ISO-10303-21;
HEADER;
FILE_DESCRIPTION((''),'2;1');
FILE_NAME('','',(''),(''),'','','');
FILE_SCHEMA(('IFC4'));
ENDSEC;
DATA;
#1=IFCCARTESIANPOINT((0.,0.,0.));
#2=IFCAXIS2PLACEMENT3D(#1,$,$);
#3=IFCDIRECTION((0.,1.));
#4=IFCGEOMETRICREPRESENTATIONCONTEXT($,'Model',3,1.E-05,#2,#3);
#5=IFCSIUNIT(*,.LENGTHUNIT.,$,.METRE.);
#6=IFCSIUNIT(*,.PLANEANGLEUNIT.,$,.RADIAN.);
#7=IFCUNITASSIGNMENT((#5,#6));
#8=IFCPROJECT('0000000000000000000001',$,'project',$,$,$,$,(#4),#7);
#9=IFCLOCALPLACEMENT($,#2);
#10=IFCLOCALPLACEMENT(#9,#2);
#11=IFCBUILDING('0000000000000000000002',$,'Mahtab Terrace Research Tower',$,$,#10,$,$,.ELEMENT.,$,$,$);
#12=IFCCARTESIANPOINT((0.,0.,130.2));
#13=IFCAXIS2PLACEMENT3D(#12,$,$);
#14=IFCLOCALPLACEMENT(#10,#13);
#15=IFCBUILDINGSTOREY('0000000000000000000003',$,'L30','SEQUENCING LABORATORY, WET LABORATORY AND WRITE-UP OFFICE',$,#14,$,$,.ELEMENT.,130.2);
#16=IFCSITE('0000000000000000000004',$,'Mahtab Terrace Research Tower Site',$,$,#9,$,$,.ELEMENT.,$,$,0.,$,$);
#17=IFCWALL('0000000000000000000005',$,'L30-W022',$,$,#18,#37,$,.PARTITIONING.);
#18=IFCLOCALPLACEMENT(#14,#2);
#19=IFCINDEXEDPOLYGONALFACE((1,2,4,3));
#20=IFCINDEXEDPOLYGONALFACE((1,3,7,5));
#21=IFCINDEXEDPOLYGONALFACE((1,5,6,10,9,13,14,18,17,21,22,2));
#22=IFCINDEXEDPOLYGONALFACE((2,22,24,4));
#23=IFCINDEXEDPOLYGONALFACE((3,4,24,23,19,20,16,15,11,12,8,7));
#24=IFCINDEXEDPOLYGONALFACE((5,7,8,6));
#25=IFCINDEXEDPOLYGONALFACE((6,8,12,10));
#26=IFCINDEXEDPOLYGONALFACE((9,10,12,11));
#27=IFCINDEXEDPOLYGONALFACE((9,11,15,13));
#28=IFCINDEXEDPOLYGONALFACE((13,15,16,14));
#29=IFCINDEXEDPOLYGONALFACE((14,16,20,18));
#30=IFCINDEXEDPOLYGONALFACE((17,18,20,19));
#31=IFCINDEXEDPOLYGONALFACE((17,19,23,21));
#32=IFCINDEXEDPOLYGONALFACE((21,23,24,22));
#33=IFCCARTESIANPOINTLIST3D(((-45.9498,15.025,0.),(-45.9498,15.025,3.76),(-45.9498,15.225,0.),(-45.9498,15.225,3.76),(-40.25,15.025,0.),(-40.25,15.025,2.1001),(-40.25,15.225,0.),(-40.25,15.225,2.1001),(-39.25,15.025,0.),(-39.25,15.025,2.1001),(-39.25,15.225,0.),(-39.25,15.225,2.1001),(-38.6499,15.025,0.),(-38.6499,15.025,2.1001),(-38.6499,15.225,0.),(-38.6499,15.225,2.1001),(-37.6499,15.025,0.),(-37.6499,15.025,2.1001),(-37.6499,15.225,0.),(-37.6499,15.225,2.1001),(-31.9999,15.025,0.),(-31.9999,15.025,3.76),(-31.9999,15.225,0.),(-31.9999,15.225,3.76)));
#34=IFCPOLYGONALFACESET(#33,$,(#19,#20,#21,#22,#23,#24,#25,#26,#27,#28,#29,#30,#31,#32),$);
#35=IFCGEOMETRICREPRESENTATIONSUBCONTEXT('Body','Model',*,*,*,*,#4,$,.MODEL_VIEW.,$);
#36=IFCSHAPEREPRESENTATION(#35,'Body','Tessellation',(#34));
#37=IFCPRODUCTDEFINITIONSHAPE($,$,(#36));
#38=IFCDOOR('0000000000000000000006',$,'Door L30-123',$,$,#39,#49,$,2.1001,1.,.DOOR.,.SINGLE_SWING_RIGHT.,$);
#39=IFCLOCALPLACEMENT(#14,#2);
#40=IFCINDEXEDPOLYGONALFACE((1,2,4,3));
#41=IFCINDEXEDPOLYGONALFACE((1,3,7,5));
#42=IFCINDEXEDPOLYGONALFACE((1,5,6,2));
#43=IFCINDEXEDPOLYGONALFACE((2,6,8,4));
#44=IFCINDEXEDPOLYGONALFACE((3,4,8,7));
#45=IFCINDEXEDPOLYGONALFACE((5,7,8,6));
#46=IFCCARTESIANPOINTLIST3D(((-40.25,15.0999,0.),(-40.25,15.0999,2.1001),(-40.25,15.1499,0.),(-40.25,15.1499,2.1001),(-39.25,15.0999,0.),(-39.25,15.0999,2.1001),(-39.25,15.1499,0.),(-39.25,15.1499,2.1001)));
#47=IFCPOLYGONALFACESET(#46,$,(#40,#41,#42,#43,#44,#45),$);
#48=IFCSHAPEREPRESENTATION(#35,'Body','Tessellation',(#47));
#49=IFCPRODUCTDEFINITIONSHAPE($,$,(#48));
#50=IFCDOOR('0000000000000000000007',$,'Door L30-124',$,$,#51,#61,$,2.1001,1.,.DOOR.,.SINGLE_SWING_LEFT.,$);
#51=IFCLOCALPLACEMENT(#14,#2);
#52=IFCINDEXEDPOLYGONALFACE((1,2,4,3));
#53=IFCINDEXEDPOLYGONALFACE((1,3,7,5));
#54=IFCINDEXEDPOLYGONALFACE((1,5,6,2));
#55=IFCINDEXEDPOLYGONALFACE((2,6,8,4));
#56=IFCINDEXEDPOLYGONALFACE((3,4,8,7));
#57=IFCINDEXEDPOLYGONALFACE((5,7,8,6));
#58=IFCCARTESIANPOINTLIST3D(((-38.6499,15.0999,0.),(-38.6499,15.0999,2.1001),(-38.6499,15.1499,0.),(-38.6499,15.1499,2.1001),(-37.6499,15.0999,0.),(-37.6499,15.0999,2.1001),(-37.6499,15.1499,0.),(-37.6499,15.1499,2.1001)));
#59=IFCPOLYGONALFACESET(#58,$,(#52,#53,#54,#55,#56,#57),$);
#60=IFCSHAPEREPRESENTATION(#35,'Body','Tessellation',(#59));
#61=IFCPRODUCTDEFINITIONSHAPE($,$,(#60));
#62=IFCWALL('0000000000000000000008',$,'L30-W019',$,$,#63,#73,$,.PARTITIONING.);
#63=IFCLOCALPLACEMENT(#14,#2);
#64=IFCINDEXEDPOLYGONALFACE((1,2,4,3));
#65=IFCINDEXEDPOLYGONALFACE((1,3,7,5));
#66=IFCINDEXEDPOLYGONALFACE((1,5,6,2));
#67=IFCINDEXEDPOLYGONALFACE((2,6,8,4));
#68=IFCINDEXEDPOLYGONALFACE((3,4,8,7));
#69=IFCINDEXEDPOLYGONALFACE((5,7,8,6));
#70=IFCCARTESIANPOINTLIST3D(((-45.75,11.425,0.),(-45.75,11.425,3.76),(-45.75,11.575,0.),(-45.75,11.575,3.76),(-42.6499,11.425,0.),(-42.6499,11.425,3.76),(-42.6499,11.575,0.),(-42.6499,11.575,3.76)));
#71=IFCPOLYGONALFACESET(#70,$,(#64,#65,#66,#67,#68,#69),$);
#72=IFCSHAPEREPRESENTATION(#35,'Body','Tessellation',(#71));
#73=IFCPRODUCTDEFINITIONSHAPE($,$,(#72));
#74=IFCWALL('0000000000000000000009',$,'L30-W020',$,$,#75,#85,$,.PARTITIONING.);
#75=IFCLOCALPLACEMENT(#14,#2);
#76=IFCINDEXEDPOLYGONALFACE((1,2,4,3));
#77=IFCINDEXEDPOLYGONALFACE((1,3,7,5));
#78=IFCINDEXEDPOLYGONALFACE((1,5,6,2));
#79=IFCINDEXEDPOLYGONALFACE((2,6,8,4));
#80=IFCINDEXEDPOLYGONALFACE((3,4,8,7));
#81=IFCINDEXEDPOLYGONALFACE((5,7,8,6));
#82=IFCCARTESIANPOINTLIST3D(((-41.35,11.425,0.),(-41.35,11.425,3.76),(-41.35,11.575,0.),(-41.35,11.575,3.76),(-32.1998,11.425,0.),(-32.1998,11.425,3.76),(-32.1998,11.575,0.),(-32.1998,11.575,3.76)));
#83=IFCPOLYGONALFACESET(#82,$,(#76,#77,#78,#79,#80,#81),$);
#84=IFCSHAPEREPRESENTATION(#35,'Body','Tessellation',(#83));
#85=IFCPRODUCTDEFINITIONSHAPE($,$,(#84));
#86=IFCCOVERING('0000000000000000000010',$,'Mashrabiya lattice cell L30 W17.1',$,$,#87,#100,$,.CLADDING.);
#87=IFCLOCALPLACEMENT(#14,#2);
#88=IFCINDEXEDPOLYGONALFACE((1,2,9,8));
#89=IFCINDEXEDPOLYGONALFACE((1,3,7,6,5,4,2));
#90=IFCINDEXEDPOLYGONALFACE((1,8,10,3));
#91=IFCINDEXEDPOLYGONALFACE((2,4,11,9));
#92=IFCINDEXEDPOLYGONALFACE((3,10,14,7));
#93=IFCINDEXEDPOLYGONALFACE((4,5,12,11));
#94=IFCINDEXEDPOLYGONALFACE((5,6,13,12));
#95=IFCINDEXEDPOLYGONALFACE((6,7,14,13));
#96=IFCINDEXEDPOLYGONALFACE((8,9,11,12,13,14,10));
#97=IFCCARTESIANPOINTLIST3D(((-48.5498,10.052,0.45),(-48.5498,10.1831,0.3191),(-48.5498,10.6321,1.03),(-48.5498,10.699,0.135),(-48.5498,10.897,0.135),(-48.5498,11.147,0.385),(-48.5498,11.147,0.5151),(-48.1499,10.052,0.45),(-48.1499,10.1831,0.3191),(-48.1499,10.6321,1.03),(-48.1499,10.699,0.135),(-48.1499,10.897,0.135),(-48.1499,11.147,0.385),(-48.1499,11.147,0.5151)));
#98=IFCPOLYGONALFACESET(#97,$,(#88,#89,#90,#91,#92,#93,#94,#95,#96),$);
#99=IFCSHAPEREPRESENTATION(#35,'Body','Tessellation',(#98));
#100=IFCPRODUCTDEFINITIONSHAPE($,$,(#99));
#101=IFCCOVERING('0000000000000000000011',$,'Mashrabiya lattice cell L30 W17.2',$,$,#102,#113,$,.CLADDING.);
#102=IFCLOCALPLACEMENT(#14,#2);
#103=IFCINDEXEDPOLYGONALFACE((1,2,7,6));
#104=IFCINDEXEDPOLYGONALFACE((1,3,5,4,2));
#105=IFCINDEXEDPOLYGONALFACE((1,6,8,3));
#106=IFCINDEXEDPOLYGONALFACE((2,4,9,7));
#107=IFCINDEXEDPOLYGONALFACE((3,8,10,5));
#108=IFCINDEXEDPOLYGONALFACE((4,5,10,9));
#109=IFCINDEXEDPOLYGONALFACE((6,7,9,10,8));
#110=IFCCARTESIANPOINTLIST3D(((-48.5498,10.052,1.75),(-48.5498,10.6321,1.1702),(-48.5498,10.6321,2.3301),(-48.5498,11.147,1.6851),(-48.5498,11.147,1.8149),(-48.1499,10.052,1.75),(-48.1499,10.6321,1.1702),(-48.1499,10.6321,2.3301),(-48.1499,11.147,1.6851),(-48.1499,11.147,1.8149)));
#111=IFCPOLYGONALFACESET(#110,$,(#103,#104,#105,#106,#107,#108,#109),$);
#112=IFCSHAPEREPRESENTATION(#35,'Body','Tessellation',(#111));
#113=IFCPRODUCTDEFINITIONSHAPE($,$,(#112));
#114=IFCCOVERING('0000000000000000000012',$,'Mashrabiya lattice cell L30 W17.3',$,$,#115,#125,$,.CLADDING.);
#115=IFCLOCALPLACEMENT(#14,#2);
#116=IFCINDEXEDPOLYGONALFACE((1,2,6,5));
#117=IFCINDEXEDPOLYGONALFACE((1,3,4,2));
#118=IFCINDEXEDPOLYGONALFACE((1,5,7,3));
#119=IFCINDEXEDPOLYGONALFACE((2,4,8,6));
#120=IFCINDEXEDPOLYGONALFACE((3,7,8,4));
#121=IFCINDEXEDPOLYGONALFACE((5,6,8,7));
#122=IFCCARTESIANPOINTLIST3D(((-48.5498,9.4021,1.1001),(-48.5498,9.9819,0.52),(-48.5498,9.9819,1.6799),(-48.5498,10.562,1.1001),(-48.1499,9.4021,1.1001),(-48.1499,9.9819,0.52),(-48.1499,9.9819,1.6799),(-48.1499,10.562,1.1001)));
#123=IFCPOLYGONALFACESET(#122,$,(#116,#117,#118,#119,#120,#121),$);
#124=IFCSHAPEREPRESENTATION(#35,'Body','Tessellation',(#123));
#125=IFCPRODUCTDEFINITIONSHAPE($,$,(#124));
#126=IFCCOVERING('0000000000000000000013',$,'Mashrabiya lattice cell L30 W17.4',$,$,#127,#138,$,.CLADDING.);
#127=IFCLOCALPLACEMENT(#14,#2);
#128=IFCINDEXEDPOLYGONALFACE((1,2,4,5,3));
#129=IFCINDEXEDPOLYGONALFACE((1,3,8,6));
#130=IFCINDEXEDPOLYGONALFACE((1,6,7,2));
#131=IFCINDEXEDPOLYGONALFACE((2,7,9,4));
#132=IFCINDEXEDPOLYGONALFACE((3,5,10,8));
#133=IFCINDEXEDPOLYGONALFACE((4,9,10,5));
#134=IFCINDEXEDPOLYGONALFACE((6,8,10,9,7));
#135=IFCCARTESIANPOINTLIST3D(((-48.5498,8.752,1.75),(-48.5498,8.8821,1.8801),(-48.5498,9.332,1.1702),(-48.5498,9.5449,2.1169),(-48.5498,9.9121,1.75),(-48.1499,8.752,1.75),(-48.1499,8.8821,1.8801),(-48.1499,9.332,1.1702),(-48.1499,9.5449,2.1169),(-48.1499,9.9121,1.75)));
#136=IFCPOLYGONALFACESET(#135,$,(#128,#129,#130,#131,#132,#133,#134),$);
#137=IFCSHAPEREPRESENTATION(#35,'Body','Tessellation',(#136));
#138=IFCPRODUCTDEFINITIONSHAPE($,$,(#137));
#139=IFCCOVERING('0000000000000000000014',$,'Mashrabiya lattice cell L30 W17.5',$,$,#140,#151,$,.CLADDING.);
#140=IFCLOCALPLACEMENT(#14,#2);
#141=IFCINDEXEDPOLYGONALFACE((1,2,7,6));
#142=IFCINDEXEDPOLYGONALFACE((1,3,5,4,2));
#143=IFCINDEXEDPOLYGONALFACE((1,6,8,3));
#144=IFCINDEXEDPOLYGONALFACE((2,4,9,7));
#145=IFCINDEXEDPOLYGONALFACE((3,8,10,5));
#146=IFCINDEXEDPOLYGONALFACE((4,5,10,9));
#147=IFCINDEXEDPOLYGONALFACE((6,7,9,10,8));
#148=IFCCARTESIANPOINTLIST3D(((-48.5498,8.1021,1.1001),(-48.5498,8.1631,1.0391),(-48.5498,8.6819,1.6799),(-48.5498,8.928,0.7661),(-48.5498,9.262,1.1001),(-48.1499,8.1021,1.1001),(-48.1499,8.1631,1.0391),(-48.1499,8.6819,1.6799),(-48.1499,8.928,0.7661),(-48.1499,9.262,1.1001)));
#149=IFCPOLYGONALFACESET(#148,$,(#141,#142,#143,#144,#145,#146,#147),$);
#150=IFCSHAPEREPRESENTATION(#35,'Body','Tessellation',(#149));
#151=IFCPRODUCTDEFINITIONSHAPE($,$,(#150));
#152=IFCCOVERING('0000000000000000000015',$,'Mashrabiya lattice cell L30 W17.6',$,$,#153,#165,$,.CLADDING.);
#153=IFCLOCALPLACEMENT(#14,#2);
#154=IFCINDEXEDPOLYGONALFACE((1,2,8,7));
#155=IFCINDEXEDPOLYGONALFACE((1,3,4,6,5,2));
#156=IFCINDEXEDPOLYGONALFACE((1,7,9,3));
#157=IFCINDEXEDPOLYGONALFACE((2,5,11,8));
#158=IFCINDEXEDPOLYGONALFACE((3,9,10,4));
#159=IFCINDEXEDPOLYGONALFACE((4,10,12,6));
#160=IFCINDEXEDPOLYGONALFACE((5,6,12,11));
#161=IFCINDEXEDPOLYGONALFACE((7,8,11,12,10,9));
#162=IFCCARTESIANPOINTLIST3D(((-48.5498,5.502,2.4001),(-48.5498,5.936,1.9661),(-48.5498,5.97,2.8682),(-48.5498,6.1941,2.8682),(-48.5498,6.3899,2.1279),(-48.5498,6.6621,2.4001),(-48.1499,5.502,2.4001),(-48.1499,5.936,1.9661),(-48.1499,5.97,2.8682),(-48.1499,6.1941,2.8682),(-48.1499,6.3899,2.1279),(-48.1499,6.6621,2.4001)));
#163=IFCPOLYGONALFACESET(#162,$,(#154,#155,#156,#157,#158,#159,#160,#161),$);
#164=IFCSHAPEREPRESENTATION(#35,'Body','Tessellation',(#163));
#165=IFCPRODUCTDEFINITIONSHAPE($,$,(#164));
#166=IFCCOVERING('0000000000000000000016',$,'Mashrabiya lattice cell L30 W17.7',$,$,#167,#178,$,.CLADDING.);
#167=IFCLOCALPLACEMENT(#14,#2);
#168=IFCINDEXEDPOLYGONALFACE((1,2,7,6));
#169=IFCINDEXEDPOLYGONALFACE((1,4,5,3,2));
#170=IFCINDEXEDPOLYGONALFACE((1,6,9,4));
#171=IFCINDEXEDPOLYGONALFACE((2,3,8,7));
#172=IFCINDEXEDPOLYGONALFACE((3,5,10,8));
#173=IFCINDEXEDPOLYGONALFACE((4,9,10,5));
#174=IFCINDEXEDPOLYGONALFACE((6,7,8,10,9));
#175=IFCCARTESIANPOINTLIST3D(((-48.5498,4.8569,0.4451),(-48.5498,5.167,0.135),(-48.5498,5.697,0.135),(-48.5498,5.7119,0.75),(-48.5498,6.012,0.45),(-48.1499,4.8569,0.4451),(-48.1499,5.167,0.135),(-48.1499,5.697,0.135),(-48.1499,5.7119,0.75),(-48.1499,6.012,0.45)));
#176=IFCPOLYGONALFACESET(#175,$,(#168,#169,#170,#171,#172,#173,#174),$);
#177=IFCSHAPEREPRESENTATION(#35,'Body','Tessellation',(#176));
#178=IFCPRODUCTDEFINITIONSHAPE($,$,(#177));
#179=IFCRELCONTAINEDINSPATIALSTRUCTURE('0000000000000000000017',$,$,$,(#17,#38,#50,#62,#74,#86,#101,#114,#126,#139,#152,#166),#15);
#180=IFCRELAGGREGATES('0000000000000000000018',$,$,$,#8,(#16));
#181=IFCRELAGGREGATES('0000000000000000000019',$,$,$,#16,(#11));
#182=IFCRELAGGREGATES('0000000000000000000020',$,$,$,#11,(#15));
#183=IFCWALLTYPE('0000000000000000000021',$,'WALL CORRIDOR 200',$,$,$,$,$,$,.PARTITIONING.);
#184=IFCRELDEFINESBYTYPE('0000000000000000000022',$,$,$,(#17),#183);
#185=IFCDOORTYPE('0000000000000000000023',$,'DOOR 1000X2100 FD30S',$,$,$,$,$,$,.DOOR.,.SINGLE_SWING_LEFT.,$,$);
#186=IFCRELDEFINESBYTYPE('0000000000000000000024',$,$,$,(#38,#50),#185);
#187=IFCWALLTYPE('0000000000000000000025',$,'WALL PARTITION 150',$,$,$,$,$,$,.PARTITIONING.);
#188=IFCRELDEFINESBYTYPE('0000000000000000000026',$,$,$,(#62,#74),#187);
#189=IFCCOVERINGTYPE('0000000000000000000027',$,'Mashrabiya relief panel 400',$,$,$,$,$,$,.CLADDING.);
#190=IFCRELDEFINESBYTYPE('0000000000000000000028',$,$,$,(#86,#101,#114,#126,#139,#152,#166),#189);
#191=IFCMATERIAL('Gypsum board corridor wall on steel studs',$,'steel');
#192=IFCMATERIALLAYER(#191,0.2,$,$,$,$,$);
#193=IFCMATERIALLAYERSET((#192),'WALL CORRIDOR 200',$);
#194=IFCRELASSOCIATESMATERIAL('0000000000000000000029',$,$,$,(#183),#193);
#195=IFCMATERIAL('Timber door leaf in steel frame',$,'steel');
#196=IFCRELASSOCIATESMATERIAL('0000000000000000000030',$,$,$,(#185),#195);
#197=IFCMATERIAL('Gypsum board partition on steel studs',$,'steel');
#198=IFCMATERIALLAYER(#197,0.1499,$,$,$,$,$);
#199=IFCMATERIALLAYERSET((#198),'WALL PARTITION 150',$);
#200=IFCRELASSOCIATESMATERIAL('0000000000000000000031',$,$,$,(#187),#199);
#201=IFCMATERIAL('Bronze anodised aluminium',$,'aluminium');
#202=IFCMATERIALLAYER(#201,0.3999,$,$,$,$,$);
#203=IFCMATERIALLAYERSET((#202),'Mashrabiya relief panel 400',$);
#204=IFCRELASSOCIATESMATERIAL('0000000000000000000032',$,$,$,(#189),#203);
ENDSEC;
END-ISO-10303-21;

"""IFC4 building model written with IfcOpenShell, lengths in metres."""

from ifc_helpers import new_model, si_unit, direction, frame, frame_2d, origin, place, context, subcontext, project, spatial, polyline, rectangle, outline, extrude, material, layer, layer_set, type_object, element, fill, save


model = new_model("IFC4")

# Units and contexts
model_context = context("Model", 3, precision=1e-05, world=origin(), true_north=direction((0.0, 1.0)))
body_context = subcontext(model_context, "Body", "Model", "MODEL_VIEW")
ifc_project = project(units=[si_unit("LENGTHUNIT", "METRE"), si_unit("PLANEANGLEUNIT", "RADIAN")], contexts=[model_context])

# Site, building, storey
site_placement = place(None, origin())
site = spatial("IfcSite", under=ifc_project, at=site_placement, Name="Mahtab Terrace Research Tower Site", CompositionType="ELEMENT", RefElevation=0.0)
building_placement = place(site_placement, origin())
building = spatial("IfcBuilding", under=site, at=building_placement, Name="Mahtab Terrace Research Tower", CompositionType="ELEMENT")
storey_placement = place(building_placement, frame((0.0, 0.0, 130.2)))
storey = spatial("IfcBuildingStorey", under=building, at=storey_placement, Name="L30", Description="SEQUENCING LABORATORY, WET LABORATORY AND WRITE-UP OFFICE", CompositionType="ELEMENT", Elevation=130.2)

# Wall, openings, doors
ifc_material_1 = material(Name="Gypsum board corridor wall on steel studs", Category="steel")
ifc_layer_1 = layer(ifc_material_1, 0.2)
ifc_layer_set_1 = layer_set([ifc_layer_1], Name="WALL CORRIDOR 200")
wall_type_1 = type_object("IfcWallType", Name="WALL CORRIDOR 200", PredefinedType="PARTITIONING", material=ifc_layer_set_1)
wall_1_placement = place(storey_placement, frame((-45.95, 15.125, 0.0), z_axis=(0.0, 0.0, 1.0), x_axis=(1.0, 0.0, 0.0)))
wall_1 = element("IfcWall", 1, at=wall_1_placement, inside=storey, type_object=wall_type_1, Name="L30-W022", PredefinedType="PARTITIONING", context=body_context, shape_type="SweptSolid", body=[
    extrude(rectangle(XDim=13.95, YDim=0.2, at=frame_2d((6.9751, 0.0))), origin(), (0.0, 0.0, 1.0), 3.76),
])
opening_1_placement = place(wall_1_placement, frame((5.7, 0.0, 0.0)))
opening_1 = element("IfcOpeningElement", 2, at=opening_1_placement, cuts=wall_1, PredefinedType="OPENING", context=body_context, shape_type="SweptSolid", body=[
    extrude(rectangle(XDim=1.0, YDim=2.1001, at=frame_2d((0.5, 1.05))), frame((0.0, 0.1099, 0.0), z_axis=(0.0, -1.0, 0.0), x_axis=(1.0, 0.0, 0.0)), (0.0, 0.0, 1.0), 0.22),
])
opening_2_placement = place(wall_1_placement, frame((7.3, 0.0, 0.0)))
opening_2 = element("IfcOpeningElement", 3, at=opening_2_placement, cuts=wall_1, PredefinedType="OPENING", context=body_context, shape_type="SweptSolid", body=[
    extrude(rectangle(XDim=1.0, YDim=2.1001, at=frame_2d((0.5, 1.05))), frame((0.0, 0.1099, 0.0), z_axis=(0.0, -1.0, 0.0), x_axis=(1.0, 0.0, 0.0)), (0.0, 0.0, 1.0), 0.22),
])
ifc_material_2 = material(Name="Timber door leaf in steel frame", Category="steel")
door_type = type_object("IfcDoorType", Name="DOOR 1000X2100 FD30S", OperationType="SINGLE_SWING_LEFT", PredefinedType="DOOR", material=ifc_material_2)
door_1_placement = place(opening_1_placement, origin())
door_1 = element("IfcDoor", 4, at=door_1_placement, inside=storey, type_object=door_type, Name="Door L30-123", OperationType="SINGLE_SWING_RIGHT", OverallHeight=2.1001, OverallWidth=1.0, PredefinedType="DOOR", context=body_context, shape_type="SweptSolid", body=[
    extrude(rectangle(XDim=1.0, YDim=2.1001, at=frame_2d((0.5, 1.05))), frame((0.0, 0.0249, 0.0), z_axis=(0.0, -1.0, 0.0), x_axis=(1.0, 0.0, 0.0)), (0.0, 0.0, 1.0), 0.05),
])
fill(opening_1, door_1)
door_2_placement = place(opening_2_placement, origin())
door_2 = element("IfcDoor", 5, at=door_2_placement, inside=storey, type_object=door_type, Name="Door L30-124", OperationType="SINGLE_SWING_LEFT", OverallHeight=2.1001, OverallWidth=1.0, PredefinedType="DOOR", context=body_context, shape_type="SweptSolid", body=[
    extrude(rectangle(XDim=1.0, YDim=2.1001, at=frame_2d((0.5, 1.05))), frame((0.0, 0.0249, 0.0), z_axis=(0.0, -1.0, 0.0), x_axis=(1.0, 0.0, 0.0)), (0.0, 0.0, 1.0), 0.05),
])
fill(opening_2, door_2)

# Walls
ifc_material_3 = material(Name="Gypsum board partition on steel studs", Category="steel")
ifc_layer_2 = layer(ifc_material_3, 0.1499)
ifc_layer_set_2 = layer_set([ifc_layer_2], Name="WALL PARTITION 150")
wall_type_2 = type_object("IfcWallType", Name="WALL PARTITION 150", PredefinedType="PARTITIONING", material=ifc_layer_set_2)
wall_2_placement = place(storey_placement, frame((-45.75, 11.5, 0.0), z_axis=(0.0, 0.0, 1.0), x_axis=(1.0, 0.0, 0.0)))
element("IfcWall", 6, at=wall_2_placement, inside=storey, type_object=wall_type_2, Name="L30-W019", PredefinedType="PARTITIONING", context=body_context, shape_type="SweptSolid", body=[
    extrude(rectangle(XDim=3.1001, YDim=0.1499, at=frame_2d((1.55, 0.0))), origin(), (0.0, 0.0, 1.0), 3.76),
])
wall_3_placement = place(storey_placement, frame((-41.3501, 11.5, 0.0), z_axis=(0.0, 0.0, 1.0), x_axis=(1.0, 0.0, 0.0)))
element("IfcWall", 7, at=wall_3_placement, inside=storey, type_object=wall_type_2, Name="L30-W020", PredefinedType="PARTITIONING", context=body_context, shape_type="SweptSolid", body=[
    extrude(rectangle(XDim=9.1501, YDim=0.1499, at=frame_2d((4.5752, 0.0))), origin(), (0.0, 0.0, 1.0), 3.76),
])

# Coverings
ifc_material_4 = material(Name="Bronze anodised aluminium", Category="aluminium")
ifc_layer_3 = layer(ifc_material_4, 0.3999)
ifc_layer_set_3 = layer_set([ifc_layer_3], Name="Mashrabiya relief panel 400")
covering_type = type_object("IfcCoveringType", Name="Mashrabiya relief panel 400", PredefinedType="CLADDING", material=ifc_layer_set_3)
covering_1_placement = place(storey_placement, frame((-48.1499, 11.147, 0.385), z_axis=(1.0, 0.0, 0.0), x_axis=(0.0, 0.0, 1.0)))
element("IfcCovering", 8, at=covering_1_placement, inside=storey, type_object=covering_type, Name="Mashrabiya lattice cell L30 W17.1", PredefinedType="CLADDING", context=body_context, shape_type="SweptSolid", body=[
    extrude(outline(polyline([(0.0, 0.0), (0.1301, 0.0), (0.645, 0.5149), (0.0649, 1.095), (-0.0659, 0.9639), (-0.25, 0.448), (-0.25, 0.25), (0.0, 0.0)])), origin(), (0.0, 0.0, -1.0), 0.3999),
])
covering_2_placement = place(storey_placement, frame((-48.1499, 10.6321, 2.3301), z_axis=(1.0, 0.0, 0.0), x_axis=(0.0, -0.707107, -0.707107)))
element("IfcCovering", 9, at=covering_2_placement, inside=storey, type_object=covering_type, Name="Mashrabiya lattice cell L30 W17.2", PredefinedType="CLADDING", context=body_context, shape_type="SweptSolid", body=[
    extrude(outline(polyline([(0.0, 0.0), (0.8204, 0.0), (0.8202, 0.8202), (0.092, 0.8202), (0.0002, 0.7283), (0.0, 0.0)])), origin(), (0.0, 0.0, -1.0), 0.3999),
])
covering_3_placement = place(storey_placement, frame((-48.1499, 9.9819, 1.6799), z_axis=(1.0, 0.0, 0.0), x_axis=(0.0, -0.707107, -0.707107)))
element("IfcCovering", 10, at=covering_3_placement, inside=storey, type_object=covering_type, Name="Mashrabiya lattice cell L30 W17.3", PredefinedType="CLADDING", context=body_context, shape_type="SweptSolid", body=[
    extrude(outline(polyline([(0.0, 0.0), (0.82, 0.0), (0.8202, 0.8202), (-0.0002, 0.8202), (0.0, 0.0)])), origin(), (0.0, 0.0, -1.0), 0.3999),
])
covering_4_placement = place(storey_placement, frame((-48.1499, 8.752, 1.75), z_axis=(1.0, 0.0, 0.0), x_axis=(0.0, 0.707256, -0.706958)))
element("IfcCovering", 11, at=covering_4_placement, inside=storey, type_object=covering_type, Name="Mashrabiya lattice cell L30 W17.4", PredefinedType="CLADDING", context=body_context, shape_type="SweptSolid", body=[
    extrude(outline(polyline([(0.0, 0.0), (0.8202, 0.0), (0.8205, 0.8202), (0.3014, 0.8201), (0.0, 0.184), (0.0, 0.0)])), origin(), (0.0, 0.0, -1.0), 0.3999),
])
covering_5_placement = place(storey_placement, frame((-48.1499, 9.262, 1.1001), z_axis=(1.0, 0.0, 0.0), x_axis=(0.0, -0.707256, 0.706958)))
element("IfcCovering", 12, at=covering_5_placement, inside=storey, type_object=covering_type, Name="Mashrabiya lattice cell L30 W17.5", PredefinedType="CLADDING", context=body_context, shape_type="SweptSolid", body=[
    extrude(outline(polyline([(0.0, 0.0), (0.8202, 0.0), (0.8204, 0.82), (0.734, 0.82), (0.0001, 0.4723), (0.0, 0.0)])), origin(), (0.0, 0.0, -1.0), 0.3999),
])
covering_6_placement = place(storey_placement, frame((-48.1499, 6.6621, 2.4001), z_axis=(1.0, 0.0, 0.0), x_axis=(0.0, -0.707107, 0.707107)))
element("IfcCovering", 13, at=covering_6_placement, inside=storey, type_object=covering_type, Name="Mashrabiya lattice cell L30 W17.6", PredefinedType="CLADDING", context=body_context, shape_type="SweptSolid", body=[
    extrude(outline(polyline([(0.0, 0.0), (0.6619, 0.0), (0.8204, 0.1585), (0.8204, 0.8204), (0.2065, 0.8204), (0.0, 0.385), (0.0, 0.0)])), origin(), (0.0, 0.0, -1.0), 0.3999),
])
covering_7_placement = place(storey_placement, frame((-48.1499, 6.012, 0.45), z_axis=(1.0, 0.0, 0.0), x_axis=(0.0, -0.707107, 0.707107)))
element("IfcCovering", 14, at=covering_7_placement, inside=storey, type_object=covering_type, Name="Mashrabiya lattice cell L30 W17.7", PredefinedType="CLADDING", context=body_context, shape_type="SweptSolid", body=[
    extrude(outline(polyline([(0.0, 0.0), (0.4243, 0.0), (0.8133, 0.8202), (0.3748, 0.8202), (0.0, 0.4454), (0.0, 0.0)])), origin(), (0.0, 0.0, -1.0), 0.3999),
])

save(model, "model.ifc")
